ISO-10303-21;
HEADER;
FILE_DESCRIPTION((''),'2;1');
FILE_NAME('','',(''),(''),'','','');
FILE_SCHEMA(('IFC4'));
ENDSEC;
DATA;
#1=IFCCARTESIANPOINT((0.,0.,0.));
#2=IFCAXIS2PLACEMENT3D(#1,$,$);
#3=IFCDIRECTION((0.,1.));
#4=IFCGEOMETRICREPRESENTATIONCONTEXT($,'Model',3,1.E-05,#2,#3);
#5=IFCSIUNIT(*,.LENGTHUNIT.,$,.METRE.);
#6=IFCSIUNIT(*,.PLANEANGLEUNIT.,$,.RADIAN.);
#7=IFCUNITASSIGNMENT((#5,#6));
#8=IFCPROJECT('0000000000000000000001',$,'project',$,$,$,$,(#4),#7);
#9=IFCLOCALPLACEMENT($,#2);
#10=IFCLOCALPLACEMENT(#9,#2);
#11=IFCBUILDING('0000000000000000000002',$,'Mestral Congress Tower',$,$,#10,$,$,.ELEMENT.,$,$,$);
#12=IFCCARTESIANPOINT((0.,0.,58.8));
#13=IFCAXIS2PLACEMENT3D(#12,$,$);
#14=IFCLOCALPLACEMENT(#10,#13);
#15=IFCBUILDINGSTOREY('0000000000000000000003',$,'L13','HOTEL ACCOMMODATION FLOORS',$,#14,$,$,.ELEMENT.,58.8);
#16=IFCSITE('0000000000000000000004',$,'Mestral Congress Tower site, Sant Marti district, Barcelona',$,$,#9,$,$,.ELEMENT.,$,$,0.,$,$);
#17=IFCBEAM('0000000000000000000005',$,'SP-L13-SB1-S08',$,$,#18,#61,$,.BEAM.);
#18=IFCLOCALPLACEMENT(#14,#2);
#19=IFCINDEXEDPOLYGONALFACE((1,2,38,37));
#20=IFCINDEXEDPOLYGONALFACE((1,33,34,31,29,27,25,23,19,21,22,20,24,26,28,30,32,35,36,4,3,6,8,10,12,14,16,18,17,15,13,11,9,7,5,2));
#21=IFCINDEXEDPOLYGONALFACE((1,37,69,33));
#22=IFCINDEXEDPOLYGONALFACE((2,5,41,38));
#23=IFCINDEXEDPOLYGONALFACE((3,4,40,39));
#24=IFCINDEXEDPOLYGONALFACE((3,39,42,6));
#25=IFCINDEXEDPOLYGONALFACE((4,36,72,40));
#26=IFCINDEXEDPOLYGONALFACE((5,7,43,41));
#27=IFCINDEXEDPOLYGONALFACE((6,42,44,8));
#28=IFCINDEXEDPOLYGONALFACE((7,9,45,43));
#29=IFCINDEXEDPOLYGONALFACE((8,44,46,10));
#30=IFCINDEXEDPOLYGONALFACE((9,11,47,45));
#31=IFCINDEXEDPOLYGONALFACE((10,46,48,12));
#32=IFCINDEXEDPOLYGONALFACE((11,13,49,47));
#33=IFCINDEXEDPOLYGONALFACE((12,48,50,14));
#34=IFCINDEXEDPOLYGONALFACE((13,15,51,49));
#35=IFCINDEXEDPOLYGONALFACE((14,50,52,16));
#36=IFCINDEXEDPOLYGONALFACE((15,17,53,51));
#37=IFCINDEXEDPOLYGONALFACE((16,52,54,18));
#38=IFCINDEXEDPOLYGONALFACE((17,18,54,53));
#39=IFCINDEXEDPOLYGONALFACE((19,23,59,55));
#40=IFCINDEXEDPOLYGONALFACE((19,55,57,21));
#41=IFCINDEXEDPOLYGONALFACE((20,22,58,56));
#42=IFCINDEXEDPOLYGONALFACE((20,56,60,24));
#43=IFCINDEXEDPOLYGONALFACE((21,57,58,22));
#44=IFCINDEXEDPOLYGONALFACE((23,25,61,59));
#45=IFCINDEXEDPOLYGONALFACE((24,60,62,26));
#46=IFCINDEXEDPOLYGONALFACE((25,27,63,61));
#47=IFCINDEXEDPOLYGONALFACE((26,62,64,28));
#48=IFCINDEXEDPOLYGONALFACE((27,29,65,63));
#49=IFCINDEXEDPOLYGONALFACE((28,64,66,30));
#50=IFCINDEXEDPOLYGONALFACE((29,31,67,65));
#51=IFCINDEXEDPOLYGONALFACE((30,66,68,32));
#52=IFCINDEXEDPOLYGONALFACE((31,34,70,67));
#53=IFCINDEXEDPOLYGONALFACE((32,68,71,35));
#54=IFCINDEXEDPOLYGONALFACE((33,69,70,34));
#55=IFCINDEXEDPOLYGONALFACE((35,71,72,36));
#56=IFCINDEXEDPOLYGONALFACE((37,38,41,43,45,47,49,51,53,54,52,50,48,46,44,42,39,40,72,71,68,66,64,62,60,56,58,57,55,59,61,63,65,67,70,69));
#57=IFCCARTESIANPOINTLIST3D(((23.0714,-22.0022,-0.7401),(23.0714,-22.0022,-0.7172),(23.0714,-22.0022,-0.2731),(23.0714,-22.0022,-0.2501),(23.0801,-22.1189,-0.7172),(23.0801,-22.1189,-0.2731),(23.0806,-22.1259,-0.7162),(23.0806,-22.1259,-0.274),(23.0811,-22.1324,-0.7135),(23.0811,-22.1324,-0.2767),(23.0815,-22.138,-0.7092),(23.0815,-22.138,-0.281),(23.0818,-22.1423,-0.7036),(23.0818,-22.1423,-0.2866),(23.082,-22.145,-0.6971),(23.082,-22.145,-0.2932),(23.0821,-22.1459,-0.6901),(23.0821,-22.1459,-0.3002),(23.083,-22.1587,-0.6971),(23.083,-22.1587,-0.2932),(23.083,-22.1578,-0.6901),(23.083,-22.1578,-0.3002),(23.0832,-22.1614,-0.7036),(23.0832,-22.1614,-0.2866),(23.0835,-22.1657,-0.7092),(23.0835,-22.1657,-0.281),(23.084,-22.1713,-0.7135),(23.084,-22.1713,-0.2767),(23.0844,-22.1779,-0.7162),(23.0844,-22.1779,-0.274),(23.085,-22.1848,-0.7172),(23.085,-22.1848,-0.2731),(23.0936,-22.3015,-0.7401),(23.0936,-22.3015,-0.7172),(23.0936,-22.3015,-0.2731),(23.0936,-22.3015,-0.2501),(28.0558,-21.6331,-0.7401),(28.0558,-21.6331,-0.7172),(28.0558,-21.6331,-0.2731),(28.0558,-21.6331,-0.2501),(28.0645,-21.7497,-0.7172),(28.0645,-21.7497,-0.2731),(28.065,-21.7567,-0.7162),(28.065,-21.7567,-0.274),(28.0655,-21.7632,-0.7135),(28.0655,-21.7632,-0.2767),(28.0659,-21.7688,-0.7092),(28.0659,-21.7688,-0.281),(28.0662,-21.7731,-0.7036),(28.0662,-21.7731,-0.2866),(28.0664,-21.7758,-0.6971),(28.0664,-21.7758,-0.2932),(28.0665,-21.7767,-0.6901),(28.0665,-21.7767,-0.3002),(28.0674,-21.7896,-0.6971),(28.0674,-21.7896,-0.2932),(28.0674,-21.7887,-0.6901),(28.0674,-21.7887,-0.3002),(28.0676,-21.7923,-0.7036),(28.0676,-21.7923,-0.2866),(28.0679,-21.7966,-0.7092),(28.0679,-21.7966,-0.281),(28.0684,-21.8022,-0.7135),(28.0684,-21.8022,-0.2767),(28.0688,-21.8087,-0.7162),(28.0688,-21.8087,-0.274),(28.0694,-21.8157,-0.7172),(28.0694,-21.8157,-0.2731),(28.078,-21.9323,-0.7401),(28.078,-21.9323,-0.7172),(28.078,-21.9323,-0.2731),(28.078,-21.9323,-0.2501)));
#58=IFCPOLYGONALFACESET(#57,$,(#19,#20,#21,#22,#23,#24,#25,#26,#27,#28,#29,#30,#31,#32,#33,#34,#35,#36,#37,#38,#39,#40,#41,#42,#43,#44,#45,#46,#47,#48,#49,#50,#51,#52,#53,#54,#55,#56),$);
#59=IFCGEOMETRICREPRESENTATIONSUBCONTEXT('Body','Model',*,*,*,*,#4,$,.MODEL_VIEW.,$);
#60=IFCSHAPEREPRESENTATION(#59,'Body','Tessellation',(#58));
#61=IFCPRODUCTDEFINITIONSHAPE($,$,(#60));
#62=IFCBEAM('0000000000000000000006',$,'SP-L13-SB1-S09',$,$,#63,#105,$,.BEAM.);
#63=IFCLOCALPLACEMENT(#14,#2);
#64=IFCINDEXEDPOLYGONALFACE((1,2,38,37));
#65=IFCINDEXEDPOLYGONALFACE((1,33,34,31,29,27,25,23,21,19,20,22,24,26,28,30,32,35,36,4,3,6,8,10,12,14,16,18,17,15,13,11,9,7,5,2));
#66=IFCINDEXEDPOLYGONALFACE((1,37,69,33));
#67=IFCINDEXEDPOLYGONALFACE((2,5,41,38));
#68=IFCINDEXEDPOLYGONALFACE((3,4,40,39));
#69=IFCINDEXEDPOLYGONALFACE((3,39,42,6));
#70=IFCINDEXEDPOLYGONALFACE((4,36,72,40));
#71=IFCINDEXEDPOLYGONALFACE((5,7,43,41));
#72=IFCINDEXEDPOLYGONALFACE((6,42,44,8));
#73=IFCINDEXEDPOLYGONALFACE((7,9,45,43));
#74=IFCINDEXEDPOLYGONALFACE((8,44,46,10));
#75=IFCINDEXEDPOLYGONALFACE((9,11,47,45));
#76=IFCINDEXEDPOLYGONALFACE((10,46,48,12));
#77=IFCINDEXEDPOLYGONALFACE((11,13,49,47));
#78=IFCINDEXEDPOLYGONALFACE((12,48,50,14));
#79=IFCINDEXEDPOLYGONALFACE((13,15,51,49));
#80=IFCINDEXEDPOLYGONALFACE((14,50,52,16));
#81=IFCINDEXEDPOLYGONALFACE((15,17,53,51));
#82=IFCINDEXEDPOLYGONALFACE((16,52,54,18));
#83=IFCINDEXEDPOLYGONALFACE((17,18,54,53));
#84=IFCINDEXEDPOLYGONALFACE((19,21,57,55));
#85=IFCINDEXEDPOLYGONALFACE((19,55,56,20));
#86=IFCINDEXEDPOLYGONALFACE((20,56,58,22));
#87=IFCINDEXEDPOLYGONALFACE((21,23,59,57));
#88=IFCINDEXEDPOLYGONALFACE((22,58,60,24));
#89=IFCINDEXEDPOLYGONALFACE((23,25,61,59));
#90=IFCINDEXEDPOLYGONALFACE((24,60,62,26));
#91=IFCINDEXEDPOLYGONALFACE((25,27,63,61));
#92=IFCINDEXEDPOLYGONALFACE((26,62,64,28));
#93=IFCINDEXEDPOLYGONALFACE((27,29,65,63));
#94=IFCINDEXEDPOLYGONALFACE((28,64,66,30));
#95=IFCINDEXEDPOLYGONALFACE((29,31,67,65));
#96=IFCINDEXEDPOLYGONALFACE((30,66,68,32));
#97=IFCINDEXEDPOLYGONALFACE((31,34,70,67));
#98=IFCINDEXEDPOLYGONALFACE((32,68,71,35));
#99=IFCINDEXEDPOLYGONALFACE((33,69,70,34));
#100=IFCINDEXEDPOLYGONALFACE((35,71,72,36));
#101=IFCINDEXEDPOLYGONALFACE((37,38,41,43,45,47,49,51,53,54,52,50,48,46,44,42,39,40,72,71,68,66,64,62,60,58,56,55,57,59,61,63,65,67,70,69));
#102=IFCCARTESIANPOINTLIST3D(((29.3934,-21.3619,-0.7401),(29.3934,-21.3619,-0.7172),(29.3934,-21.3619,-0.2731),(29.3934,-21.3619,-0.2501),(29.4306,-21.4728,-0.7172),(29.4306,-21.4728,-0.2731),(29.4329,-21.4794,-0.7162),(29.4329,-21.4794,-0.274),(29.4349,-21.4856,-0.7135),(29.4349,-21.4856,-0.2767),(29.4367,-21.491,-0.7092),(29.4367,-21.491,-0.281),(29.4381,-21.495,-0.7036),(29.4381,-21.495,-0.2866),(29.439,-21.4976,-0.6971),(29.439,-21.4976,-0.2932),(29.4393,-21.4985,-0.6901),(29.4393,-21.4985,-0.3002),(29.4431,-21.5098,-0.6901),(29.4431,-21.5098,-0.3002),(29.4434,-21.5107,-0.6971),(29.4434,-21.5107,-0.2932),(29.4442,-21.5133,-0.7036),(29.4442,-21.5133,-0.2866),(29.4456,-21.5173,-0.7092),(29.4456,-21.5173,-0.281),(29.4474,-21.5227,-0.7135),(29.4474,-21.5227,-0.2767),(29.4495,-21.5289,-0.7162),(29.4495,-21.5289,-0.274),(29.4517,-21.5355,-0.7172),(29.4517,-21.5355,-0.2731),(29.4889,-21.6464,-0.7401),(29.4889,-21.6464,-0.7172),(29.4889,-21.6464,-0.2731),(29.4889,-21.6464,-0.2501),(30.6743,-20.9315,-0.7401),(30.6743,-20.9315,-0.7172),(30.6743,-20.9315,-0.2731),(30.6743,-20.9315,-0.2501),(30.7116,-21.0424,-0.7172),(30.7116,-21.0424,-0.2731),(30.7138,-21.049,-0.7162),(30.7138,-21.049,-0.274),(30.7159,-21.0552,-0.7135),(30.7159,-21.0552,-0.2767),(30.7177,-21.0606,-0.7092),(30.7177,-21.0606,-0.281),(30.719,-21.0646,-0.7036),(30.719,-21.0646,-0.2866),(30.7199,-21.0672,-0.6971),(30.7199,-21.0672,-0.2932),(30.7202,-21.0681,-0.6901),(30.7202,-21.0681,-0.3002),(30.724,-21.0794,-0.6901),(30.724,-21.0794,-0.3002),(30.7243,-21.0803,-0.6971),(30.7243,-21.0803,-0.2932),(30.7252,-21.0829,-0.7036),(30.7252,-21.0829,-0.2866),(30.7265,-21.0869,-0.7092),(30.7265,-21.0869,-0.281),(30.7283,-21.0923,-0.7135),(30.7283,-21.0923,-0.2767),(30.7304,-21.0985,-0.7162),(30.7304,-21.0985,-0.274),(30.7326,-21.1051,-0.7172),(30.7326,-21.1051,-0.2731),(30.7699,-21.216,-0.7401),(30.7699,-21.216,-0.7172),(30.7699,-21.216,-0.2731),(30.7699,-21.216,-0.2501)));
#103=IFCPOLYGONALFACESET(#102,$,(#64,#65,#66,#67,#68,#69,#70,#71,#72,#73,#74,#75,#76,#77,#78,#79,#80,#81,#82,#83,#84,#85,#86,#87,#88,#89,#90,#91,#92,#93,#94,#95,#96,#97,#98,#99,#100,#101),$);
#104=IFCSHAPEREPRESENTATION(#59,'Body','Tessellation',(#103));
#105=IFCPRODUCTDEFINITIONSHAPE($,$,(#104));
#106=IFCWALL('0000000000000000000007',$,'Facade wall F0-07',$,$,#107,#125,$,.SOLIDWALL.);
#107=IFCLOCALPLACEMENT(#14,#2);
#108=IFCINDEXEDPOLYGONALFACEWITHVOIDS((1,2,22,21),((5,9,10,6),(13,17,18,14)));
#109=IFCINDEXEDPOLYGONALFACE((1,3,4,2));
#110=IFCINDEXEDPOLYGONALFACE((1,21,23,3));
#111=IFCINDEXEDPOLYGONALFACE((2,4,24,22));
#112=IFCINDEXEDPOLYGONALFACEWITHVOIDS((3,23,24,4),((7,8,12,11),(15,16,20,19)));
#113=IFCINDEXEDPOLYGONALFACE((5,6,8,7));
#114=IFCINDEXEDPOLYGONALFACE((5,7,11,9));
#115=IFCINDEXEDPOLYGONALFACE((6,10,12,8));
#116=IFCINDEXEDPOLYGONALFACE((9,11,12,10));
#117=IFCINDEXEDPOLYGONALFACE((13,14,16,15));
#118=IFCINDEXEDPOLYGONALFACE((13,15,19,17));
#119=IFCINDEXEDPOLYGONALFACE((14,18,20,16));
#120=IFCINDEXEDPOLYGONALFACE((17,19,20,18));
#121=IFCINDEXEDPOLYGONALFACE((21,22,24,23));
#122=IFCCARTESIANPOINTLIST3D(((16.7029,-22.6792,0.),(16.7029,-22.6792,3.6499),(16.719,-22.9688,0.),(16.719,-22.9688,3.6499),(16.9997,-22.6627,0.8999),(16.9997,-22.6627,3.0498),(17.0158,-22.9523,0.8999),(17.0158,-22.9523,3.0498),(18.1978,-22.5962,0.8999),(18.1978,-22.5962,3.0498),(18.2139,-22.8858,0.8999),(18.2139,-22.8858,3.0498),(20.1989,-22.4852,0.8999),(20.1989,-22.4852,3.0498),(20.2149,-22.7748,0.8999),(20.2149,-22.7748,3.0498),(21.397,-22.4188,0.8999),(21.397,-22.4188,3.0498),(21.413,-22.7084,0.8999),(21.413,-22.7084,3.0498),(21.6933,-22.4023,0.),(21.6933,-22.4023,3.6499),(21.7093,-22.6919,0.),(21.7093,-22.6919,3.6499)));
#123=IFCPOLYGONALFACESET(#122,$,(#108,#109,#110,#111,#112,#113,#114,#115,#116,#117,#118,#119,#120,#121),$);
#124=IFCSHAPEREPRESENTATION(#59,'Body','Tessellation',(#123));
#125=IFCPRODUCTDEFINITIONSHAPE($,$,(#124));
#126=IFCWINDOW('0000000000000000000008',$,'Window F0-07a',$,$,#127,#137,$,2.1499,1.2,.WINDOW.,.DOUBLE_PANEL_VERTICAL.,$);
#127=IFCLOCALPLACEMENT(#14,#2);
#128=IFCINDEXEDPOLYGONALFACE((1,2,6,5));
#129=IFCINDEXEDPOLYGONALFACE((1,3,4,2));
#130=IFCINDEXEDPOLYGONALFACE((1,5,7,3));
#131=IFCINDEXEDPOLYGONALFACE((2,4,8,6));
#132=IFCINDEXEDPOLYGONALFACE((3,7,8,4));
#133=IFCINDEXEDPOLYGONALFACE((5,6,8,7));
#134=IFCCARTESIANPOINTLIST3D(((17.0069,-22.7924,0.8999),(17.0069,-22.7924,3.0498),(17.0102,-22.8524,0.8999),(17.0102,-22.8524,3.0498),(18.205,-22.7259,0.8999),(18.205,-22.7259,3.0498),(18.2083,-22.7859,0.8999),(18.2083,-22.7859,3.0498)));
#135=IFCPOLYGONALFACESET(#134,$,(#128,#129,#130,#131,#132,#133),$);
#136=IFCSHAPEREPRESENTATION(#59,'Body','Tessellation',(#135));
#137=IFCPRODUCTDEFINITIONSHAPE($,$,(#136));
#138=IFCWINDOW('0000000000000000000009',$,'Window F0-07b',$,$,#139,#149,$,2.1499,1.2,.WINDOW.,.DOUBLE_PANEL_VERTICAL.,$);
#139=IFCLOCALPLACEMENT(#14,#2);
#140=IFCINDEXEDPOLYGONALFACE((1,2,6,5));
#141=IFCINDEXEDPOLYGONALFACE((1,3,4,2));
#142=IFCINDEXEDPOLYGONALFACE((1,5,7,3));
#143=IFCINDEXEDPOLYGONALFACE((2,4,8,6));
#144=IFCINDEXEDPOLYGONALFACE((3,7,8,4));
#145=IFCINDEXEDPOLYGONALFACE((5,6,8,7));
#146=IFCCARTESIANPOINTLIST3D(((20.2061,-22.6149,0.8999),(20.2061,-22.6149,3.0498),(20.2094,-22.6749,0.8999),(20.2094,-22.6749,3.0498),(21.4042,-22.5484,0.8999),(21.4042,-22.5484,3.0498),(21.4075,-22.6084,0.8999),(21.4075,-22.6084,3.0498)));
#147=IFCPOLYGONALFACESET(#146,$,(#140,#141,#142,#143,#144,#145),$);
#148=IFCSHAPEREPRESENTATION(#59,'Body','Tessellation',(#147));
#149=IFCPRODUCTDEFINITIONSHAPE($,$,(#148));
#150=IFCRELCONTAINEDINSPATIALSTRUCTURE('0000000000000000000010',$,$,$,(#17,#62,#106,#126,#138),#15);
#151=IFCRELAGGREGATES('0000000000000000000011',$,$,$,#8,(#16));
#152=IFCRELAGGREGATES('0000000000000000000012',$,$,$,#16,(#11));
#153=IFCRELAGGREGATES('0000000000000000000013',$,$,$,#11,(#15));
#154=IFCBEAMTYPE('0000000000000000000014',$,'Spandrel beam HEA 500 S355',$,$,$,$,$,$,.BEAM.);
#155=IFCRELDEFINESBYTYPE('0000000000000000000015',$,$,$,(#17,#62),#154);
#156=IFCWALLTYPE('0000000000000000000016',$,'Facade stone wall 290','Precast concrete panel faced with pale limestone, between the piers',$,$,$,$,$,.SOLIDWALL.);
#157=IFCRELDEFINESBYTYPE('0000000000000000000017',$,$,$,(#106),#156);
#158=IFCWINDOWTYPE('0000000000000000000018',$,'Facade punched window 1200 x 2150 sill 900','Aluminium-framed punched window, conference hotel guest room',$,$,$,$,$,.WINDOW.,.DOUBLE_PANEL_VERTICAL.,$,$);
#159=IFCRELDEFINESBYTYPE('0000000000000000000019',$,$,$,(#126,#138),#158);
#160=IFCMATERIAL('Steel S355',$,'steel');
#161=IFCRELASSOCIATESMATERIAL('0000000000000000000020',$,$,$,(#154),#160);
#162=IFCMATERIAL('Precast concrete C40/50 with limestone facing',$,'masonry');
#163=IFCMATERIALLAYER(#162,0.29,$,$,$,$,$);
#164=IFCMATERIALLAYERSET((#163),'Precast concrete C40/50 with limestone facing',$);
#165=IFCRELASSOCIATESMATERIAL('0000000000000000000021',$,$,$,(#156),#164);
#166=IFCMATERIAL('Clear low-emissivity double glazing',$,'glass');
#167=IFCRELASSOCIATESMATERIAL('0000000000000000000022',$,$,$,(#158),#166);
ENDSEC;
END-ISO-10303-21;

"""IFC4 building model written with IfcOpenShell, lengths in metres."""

from ifc_helpers import new_model, si_unit, direction, frame, frame_2d, origin, origin_2d, place, context, subcontext, project, spatial, rectangle, i_section, extrude, material, layer, layer_set, material_profile, profile_set, type_object, element, fill, save


model = new_model("IFC4")

# Units and contexts
model_context = context("Model", 3, precision=1e-05, world=origin(), true_north=direction((0.0, 1.0)))
body_context = subcontext(model_context, "Body", "Model", "MODEL_VIEW")
ifc_project = project(units=[si_unit("LENGTHUNIT", "METRE"), si_unit("PLANEANGLEUNIT", "RADIAN")], contexts=[model_context])

# Site, building, storey
site_placement = place(None, origin())
site = spatial("IfcSite", under=ifc_project, at=site_placement, Name="Mestral Congress Tower site, Sant Marti district, Barcelona", CompositionType="ELEMENT", RefElevation=0.0)
building_placement = place(site_placement, origin())
building = spatial("IfcBuilding", under=site, at=building_placement, Name="Mestral Congress Tower", CompositionType="ELEMENT")
storey_placement = place(building_placement, frame((0.0, 0.0, 58.8)))
storey = spatial("IfcBuildingStorey", under=building, at=storey_placement, Name="L13", Description="HOTEL ACCOMMODATION FLOORS", CompositionType="ELEMENT", Elevation=58.8)

# Beams
ifc_material_1 = material(Name="Steel S355", Category="steel")
ifc_material_profile_1 = material_profile(ifc_material_1, i_section(OverallWidth=0.3, OverallDepth=0.49, WebThickness=0.012, FlangeThickness=0.0229, FilletRadius=0.0271, at=origin_2d()), Name="HEA 500")
ifc_profile_set_1 = profile_set([ifc_material_profile_1], Name="Steel S355")
beam_type_1 = type_object("IfcBeamType", Name="Spandrel beam HEA 500 S355", PredefinedType="BEAM", material=ifc_profile_set_1)
beam_1_placement = place(storey_placement, frame((23.0825, -22.1519, -0.4951), z_axis=(0.997269, 0.073857, 0.0), x_axis=(-0.073857, 0.997269, 0.0)))
element("IfcBeam", 1, at=beam_1_placement, inside=storey, type_object=beam_type_1, Name="SP-L13-SB1-S08", PredefinedType="BEAM", context=body_context, shape_type="SweptSolid", body=[
    extrude(i_section(OverallWidth=0.3, OverallDepth=0.49, WebThickness=0.012, FlangeThickness=0.0229, FilletRadius=0.0271, at=origin_2d()), origin(), (0.0, 0.0, 1.0), 4.998),
])
beam_2_placement = place(storey_placement, frame((29.4412, -21.5042, -0.4951), z_axis=(0.947922, 0.318503, 0.0), x_axis=(-0.318503, 0.947922, 0.0)))
element("IfcBeam", 2, at=beam_2_placement, inside=storey, type_object=beam_type_1, Name="SP-L13-SB1-S09", PredefinedType="BEAM", context=body_context, shape_type="SweptSolid", body=[
    extrude(i_section(OverallWidth=0.3, OverallDepth=0.49, WebThickness=0.012, FlangeThickness=0.0229, FilletRadius=0.0271, at=origin_2d()), origin(), (0.0, 0.0, 1.0), 1.3513),
])

# Wall, openings, windows
ifc_material_2 = material(Name="Precast concrete C40/50 with limestone facing", Category="masonry")
ifc_layer_1 = layer(ifc_material_2, 0.29)
ifc_layer_set_1 = layer_set([ifc_layer_1], Name="Precast concrete C40/50 with limestone facing")
wall_type_1 = type_object("IfcWallType", Name="Facade stone wall 290", Description="Precast concrete panel faced with pale limestone, between the piers", PredefinedType="SOLIDWALL", material=ifc_layer_set_1)
wall_1_placement = place(storey_placement, frame((16.7109, -22.824, 0.0), z_axis=(0.0, 0.0, 1.0), x_axis=(0.998465, 0.055392, 0.0)))
wall_1 = element("IfcWall", 3, at=wall_1_placement, inside=storey, type_object=wall_type_1, Name="Facade wall F0-07", PredefinedType="SOLIDWALL", context=body_context, shape_type="SweptSolid", body=[
    extrude(rectangle(XDim=4.998, YDim=0.29, at=frame_2d((2.499, 0.0))), origin(), (0.0, 0.0, 1.0), 3.6499),
])
opening_1_placement = place(wall_1_placement, frame((0.2971, 0.0, 0.8999)))
opening_1 = element("IfcOpeningElement", 4, at=opening_1_placement, cuts=wall_1, PredefinedType="OPENING", context=body_context, shape_type="SweptSolid", body=[
    extrude(rectangle(XDim=1.2, YDim=2.1499, at=frame_2d((0.6001, 1.075))), frame((0.0, 0.155, 0.0), z_axis=(0.0, -1.0, 0.0), x_axis=(1.0, 0.0, 0.0)), (0.0, 0.0, 1.0), 0.3101),
])
opening_2_placement = place(wall_1_placement, frame((3.5012, 0.0, 0.8999)))
opening_2 = element("IfcOpeningElement", 5, at=opening_2_placement, cuts=wall_1, PredefinedType="OPENING", context=body_context, shape_type="SweptSolid", body=[
    extrude(rectangle(XDim=1.2, YDim=2.1499, at=frame_2d((0.6001, 1.075))), frame((0.0, 0.155, 0.0), z_axis=(0.0, -1.0, 0.0), x_axis=(1.0, 0.0, 0.0)), (0.0, 0.0, 1.0), 0.3101),
])
ifc_material_3 = material(Name="Clear low-emissivity double glazing", Category="glass")
window_type_1 = type_object("IfcWindowType", Name="Facade punched window 1200 x 2150 sill 900", Description="Aluminium-framed punched window, conference hotel guest room", PartitioningType="DOUBLE_PANEL_VERTICAL", PredefinedType="WINDOW", material=ifc_material_3)
window_1_placement = place(opening_1_placement, origin())
window_1 = element("IfcWindow", 6, at=window_1_placement, inside=storey, type_object=window_type_1, Name="Window F0-07a", OverallHeight=2.1499, OverallWidth=1.2, PartitioningType="DOUBLE_PANEL_VERTICAL", PredefinedType="WINDOW", context=body_context, shape_type="SweptSolid", body=[
    extrude(rectangle(XDim=1.2, YDim=2.1499, at=frame_2d((0.6001, 1.075))), frame((0.0, 0.0151, 0.0), z_axis=(0.0, -1.0, 0.0), x_axis=(1.0, 0.0, 0.0)), (0.0, 0.0, 1.0), 0.0601),
])
fill(opening_1, window_1)
window_2_placement = place(opening_2_placement, origin())
window_2 = element("IfcWindow", 7, at=window_2_placement, inside=storey, type_object=window_type_1, Name="Window F0-07b", OverallHeight=2.1499, OverallWidth=1.2, PartitioningType="DOUBLE_PANEL_VERTICAL", PredefinedType="WINDOW", context=body_context, shape_type="SweptSolid", body=[
    extrude(rectangle(XDim=1.2, YDim=2.1499, at=frame_2d((0.6001, 1.075))), frame((0.0, 0.0151, 0.0), z_axis=(0.0, -1.0, 0.0), x_axis=(1.0, 0.0, 0.0)), (0.0, 0.0, 1.0), 0.0601),
])
fill(opening_2, window_2)

save(model, "model.ifc")
